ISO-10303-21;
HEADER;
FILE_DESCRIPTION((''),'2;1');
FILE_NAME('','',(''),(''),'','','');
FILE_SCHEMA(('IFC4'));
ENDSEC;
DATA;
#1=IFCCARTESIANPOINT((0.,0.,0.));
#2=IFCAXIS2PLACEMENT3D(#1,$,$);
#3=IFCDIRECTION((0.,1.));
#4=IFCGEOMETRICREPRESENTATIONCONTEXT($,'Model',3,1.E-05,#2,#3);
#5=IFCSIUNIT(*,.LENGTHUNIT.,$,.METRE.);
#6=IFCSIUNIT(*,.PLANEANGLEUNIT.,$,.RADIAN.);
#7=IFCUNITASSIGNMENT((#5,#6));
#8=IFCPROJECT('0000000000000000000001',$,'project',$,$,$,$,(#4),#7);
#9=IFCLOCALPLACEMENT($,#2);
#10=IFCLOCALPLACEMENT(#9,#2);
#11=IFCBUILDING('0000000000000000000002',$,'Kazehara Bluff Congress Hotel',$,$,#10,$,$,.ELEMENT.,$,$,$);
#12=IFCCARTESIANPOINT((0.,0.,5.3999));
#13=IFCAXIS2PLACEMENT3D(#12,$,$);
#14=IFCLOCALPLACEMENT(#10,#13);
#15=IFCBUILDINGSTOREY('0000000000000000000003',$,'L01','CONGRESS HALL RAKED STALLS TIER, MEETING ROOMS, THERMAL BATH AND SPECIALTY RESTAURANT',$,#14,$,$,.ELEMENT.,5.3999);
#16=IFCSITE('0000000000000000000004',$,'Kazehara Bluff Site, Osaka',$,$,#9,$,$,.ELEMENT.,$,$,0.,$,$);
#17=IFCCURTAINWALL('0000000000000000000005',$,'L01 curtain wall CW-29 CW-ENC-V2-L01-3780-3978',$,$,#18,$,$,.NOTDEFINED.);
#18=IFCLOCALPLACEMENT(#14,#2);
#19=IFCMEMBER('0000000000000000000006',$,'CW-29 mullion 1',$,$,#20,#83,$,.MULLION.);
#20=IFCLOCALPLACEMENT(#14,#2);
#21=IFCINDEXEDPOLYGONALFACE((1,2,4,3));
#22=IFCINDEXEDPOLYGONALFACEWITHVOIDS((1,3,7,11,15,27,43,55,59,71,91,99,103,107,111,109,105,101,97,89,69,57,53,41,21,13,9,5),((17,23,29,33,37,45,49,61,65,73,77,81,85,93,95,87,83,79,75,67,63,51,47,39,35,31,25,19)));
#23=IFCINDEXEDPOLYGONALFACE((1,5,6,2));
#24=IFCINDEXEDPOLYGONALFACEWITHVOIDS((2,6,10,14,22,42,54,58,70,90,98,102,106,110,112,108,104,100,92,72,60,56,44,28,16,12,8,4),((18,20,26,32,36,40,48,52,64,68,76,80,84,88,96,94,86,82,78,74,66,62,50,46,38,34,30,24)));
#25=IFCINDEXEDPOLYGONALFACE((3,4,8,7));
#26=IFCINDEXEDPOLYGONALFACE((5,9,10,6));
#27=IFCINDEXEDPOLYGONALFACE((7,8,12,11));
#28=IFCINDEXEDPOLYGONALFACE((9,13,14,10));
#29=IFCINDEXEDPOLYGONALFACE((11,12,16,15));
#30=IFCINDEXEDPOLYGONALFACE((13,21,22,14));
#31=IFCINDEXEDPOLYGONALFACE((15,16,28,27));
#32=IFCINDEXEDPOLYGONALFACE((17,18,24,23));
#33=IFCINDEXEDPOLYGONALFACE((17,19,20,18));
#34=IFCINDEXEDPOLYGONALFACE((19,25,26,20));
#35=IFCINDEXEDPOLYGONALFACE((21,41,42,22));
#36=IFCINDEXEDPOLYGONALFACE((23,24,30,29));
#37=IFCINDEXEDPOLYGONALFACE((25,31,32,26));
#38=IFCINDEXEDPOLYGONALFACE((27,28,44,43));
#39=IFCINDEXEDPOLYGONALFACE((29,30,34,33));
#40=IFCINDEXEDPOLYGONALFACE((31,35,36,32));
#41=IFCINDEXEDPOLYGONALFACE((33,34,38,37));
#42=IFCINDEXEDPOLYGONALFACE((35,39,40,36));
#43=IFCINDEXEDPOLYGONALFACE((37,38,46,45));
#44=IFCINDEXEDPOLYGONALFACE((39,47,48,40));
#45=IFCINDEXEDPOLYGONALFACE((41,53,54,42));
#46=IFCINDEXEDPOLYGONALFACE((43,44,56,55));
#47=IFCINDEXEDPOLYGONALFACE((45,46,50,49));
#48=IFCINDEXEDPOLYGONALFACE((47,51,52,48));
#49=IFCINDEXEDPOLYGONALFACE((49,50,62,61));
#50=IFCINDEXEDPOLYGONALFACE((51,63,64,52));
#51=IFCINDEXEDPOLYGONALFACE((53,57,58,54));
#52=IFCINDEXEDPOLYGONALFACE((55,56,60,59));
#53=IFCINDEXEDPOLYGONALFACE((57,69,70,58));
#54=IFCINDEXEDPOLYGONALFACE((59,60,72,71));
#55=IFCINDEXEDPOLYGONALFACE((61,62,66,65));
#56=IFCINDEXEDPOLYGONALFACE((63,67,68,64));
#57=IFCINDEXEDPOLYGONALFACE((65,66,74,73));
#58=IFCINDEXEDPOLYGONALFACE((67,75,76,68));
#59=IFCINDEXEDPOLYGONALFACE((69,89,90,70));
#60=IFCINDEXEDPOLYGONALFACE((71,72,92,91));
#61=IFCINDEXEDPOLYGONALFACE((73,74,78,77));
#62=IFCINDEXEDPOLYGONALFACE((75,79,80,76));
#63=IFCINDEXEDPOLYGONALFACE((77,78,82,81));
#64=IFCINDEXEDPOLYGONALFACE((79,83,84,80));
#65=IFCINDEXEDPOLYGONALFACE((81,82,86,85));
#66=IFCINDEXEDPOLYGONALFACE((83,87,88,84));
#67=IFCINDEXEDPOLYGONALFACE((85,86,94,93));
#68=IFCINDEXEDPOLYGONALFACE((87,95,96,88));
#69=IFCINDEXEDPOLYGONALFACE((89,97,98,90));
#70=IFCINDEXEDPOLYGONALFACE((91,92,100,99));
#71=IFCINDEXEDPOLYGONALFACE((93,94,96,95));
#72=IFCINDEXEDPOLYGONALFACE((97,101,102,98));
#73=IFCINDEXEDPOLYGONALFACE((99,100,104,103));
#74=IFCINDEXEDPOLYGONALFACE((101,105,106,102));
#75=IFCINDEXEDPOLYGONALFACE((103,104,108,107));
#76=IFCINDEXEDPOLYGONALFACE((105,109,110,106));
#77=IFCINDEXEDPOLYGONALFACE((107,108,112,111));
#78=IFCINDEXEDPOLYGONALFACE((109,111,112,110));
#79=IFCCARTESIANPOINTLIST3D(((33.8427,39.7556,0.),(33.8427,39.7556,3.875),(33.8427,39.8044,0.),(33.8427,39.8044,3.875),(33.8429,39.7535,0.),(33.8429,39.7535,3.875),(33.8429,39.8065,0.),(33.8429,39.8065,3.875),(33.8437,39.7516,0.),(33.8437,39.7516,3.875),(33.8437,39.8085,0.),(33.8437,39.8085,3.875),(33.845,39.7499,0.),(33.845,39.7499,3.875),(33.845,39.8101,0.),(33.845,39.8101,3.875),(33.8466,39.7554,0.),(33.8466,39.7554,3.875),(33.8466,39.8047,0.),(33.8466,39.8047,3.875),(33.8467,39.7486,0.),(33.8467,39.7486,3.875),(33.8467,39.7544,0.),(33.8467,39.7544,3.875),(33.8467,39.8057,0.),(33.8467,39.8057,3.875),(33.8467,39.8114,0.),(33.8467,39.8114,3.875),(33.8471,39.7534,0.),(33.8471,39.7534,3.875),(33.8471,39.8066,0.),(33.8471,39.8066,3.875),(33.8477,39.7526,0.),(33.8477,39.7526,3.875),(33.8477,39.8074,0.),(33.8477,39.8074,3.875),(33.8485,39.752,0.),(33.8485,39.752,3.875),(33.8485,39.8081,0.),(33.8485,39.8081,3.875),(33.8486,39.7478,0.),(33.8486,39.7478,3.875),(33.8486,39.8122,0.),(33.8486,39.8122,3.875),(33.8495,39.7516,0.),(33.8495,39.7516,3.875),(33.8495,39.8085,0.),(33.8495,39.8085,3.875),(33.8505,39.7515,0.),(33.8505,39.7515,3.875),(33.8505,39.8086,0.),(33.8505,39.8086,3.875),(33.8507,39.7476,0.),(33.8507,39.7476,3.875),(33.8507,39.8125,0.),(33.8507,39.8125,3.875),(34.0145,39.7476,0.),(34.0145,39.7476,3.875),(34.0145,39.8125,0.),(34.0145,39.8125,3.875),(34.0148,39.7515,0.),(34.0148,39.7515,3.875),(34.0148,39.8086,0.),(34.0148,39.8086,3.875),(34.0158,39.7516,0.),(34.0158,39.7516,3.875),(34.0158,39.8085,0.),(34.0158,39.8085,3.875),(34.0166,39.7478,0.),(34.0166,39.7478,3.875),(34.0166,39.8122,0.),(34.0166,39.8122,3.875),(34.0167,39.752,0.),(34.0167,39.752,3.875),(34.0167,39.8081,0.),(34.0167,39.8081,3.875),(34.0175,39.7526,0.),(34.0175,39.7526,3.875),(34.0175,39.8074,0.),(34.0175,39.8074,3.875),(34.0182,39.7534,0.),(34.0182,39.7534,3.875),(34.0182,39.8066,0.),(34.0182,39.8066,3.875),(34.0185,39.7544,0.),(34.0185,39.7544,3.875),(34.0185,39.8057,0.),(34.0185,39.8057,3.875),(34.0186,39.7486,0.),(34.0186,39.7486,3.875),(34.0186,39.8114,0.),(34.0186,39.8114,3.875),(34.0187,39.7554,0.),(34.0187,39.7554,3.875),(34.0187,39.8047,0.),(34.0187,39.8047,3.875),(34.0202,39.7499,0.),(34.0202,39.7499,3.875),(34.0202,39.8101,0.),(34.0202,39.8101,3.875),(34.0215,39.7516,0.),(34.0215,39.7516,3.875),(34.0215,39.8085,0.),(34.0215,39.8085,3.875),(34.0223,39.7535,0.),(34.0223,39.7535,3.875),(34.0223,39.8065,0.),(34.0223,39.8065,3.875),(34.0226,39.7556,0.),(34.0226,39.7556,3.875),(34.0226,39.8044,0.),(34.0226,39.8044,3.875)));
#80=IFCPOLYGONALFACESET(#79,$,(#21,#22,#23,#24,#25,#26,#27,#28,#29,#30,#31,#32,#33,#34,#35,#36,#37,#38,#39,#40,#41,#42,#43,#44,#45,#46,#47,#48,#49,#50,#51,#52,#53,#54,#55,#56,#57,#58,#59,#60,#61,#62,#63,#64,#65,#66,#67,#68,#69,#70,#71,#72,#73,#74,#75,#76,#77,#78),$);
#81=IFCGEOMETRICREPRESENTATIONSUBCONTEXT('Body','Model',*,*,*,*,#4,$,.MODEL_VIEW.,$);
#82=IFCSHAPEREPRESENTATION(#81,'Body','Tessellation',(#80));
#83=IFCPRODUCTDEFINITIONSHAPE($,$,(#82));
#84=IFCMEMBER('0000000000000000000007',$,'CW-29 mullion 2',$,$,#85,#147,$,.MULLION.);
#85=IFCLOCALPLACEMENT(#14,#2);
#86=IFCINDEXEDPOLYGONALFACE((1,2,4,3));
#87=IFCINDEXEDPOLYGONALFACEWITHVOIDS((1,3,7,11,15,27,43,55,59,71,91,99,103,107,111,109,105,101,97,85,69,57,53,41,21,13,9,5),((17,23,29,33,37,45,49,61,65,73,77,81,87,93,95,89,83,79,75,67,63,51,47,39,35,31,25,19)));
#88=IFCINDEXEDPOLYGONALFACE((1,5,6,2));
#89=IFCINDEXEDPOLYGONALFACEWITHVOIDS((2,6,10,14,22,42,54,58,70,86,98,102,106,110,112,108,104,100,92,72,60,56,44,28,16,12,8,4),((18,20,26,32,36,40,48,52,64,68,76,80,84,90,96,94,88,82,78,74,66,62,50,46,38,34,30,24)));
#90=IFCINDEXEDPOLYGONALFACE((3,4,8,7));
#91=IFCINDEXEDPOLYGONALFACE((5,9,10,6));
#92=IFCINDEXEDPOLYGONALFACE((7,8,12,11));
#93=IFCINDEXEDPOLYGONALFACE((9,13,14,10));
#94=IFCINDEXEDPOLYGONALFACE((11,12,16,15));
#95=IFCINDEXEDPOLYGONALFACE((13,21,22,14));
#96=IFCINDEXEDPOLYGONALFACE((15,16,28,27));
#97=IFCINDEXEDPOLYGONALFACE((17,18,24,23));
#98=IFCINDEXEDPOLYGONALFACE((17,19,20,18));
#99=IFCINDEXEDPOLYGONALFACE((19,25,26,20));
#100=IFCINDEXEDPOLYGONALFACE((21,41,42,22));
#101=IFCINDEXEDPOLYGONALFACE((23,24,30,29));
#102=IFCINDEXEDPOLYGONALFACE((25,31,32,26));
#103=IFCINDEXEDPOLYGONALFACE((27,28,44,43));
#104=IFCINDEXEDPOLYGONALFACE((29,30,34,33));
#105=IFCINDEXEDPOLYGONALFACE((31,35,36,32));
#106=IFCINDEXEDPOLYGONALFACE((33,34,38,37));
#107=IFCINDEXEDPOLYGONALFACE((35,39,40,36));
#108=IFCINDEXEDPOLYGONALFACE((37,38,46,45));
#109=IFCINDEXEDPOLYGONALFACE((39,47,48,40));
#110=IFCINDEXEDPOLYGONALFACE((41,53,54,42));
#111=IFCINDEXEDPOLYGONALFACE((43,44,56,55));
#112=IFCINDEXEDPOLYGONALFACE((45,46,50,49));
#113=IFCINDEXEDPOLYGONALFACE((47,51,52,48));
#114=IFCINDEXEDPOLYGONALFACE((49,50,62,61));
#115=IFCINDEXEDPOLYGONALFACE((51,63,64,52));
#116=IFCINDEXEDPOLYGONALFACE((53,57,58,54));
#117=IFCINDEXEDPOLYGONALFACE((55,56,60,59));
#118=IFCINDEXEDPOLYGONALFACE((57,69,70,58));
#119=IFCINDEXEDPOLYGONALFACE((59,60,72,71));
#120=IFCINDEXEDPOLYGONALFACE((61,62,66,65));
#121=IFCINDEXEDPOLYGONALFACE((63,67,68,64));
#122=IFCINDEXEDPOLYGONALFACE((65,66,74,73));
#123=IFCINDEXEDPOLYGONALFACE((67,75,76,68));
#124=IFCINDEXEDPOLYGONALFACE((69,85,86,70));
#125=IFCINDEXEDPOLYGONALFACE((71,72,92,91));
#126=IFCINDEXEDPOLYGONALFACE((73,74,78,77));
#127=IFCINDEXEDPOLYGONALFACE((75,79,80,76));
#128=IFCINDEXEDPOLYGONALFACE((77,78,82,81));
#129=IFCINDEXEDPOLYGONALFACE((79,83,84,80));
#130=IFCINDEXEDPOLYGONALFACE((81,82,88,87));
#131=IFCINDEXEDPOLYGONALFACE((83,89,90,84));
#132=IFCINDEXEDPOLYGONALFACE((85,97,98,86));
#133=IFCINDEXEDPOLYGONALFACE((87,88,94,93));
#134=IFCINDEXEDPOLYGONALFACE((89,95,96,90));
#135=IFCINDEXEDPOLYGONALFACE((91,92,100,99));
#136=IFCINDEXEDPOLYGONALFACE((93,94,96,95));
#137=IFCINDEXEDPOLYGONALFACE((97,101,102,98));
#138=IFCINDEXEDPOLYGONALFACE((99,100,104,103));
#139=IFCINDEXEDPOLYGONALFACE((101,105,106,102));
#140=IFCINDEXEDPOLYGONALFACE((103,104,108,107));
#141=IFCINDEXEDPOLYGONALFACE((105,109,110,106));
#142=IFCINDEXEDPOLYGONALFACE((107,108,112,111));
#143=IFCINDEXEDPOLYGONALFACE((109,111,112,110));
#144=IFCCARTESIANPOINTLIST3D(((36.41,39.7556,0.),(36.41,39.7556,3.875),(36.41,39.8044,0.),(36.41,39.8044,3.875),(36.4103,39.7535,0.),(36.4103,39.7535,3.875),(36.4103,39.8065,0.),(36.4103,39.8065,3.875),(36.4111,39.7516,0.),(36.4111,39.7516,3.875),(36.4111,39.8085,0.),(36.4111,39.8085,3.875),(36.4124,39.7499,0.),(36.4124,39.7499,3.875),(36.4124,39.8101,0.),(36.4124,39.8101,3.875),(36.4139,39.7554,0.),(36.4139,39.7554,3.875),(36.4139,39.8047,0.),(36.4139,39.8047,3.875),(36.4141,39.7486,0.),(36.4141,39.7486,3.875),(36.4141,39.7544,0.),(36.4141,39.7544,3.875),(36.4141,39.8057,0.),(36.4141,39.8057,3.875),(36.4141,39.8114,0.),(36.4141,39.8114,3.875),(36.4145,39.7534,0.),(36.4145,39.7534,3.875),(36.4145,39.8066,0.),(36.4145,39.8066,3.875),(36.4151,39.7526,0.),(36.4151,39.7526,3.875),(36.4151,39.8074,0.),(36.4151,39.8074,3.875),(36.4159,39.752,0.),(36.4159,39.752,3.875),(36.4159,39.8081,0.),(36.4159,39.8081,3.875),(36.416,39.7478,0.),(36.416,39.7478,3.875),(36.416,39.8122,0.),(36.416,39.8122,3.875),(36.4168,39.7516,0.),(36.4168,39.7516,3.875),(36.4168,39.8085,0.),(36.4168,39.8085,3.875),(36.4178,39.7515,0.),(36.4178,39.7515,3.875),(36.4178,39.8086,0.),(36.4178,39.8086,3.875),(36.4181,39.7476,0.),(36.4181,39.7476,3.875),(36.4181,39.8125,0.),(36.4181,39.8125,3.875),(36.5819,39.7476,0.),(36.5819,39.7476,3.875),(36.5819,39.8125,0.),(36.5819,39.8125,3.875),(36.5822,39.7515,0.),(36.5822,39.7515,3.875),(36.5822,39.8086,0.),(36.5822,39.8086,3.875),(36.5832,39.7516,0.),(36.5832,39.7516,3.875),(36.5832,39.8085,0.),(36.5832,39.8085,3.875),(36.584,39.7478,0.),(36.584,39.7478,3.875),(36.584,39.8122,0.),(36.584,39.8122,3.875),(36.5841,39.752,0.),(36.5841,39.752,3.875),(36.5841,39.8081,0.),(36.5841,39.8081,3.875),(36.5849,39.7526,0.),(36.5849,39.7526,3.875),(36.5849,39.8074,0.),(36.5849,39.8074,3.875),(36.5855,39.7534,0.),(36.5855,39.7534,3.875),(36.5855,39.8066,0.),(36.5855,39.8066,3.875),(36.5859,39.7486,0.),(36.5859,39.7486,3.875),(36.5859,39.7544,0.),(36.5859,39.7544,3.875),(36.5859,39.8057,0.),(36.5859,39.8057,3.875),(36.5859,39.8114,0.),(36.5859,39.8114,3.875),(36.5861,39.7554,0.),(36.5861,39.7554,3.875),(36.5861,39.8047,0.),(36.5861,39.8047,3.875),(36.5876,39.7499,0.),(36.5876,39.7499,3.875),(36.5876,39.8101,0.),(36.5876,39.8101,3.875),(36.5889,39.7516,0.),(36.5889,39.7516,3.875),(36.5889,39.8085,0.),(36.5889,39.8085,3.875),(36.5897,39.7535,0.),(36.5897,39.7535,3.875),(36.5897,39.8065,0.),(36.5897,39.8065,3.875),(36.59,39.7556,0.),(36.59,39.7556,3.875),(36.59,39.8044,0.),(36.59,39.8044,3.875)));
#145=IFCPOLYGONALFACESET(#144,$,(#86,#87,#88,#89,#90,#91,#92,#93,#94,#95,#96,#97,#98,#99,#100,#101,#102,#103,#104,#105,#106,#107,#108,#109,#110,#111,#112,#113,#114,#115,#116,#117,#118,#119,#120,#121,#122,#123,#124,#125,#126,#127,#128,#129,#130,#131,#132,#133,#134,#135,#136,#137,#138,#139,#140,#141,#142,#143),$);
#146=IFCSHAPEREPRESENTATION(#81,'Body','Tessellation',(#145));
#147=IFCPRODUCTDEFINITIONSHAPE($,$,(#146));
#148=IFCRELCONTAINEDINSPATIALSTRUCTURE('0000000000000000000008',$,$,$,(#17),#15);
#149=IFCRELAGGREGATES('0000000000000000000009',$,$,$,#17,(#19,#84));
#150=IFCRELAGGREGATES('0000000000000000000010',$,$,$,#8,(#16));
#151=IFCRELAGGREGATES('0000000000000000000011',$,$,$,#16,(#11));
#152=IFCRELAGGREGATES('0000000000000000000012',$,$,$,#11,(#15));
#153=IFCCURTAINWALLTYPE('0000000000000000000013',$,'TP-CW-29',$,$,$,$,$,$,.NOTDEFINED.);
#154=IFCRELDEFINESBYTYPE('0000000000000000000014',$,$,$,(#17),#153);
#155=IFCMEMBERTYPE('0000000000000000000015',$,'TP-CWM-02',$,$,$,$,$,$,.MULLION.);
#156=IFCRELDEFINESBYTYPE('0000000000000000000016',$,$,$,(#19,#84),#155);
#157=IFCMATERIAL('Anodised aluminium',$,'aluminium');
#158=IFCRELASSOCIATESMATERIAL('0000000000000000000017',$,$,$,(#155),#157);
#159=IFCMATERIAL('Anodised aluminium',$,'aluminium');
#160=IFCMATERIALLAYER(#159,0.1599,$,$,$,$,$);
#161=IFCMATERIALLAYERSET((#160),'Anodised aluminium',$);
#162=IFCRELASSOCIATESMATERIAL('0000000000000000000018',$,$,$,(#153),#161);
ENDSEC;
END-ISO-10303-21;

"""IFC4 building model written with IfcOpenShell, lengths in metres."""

from ifc_helpers import new_model, si_unit, direction, frame, origin, origin_2d, place, context, subcontext, project, spatial, hollow_rectangle, extrude, material, layer, layer_set, material_profile, profile_set, type_object, element, aggregate, save


model = new_model("IFC4")

# Units and contexts
model_context = context("Model", 3, precision=1e-05, world=origin(), true_north=direction((0.0, 1.0)))
body_context = subcontext(model_context, "Body", "Model", "MODEL_VIEW")
ifc_project = project(units=[si_unit("LENGTHUNIT", "METRE"), si_unit("PLANEANGLEUNIT", "RADIAN")], contexts=[model_context])

# Site, building, storey
site_placement = place(None, origin())
site = spatial("IfcSite", under=ifc_project, at=site_placement, Name="Kazehara Bluff Site, Osaka", CompositionType="ELEMENT", RefElevation=0.0)
building_placement = place(site_placement, origin())
building = spatial("IfcBuilding", under=site, at=building_placement, Name="Kazehara Bluff Congress Hotel", CompositionType="ELEMENT")
storey_placement = place(building_placement, frame((0.0, 0.0, 5.3999)))
storey = spatial("IfcBuildingStorey", under=building, at=storey_placement, Name="L01", Description="CONGRESS HALL RAKED STALLS TIER, MEETING ROOMS, THERMAL BATH AND SPECIALTY RESTAURANT", CompositionType="ELEMENT", Elevation=5.3999)

# Curtain wall, members
ifc_material_1 = material(Name="Anodised aluminium", Category="aluminium")
ifc_material_profile_1 = material_profile(ifc_material_1, hollow_rectangle(XDim=0.0649, YDim=0.1799, WallThickness=0.0039, InnerFilletRadius=0.0039, OuterFilletRadius=0.0081, at=origin_2d()))
ifc_profile_set_1 = profile_set([ifc_material_profile_1], Name="Anodised aluminium")
member_type_1 = type_object("IfcMemberType", Name="TP-CWM-02", PredefinedType="MULLION", material=ifc_profile_set_1)
ifc_material_2 = material(Name="Anodised aluminium", Category="aluminium")
ifc_layer_1 = layer(ifc_material_2, 0.1599)
ifc_layer_set_1 = layer_set([ifc_layer_1], Name="Anodised aluminium")
curtain_wall_type_1 = type_object("IfcCurtainWallType", Name="TP-CW-29", PredefinedType="NOTDEFINED", material=ifc_layer_set_1)
curtain_wall_1_placement = place(storey_placement, origin())
curtain_wall_1 = element("IfcCurtainWall", 1, at=curtain_wall_1_placement, inside=storey, type_object=curtain_wall_type_1, Name="L01 curtain wall CW-29 CW-ENC-V2-L01-3780-3978", PredefinedType="NOTDEFINED")
member_1_placement = place(storey_placement, frame((33.9326, 39.78, 0.0), z_axis=(0.0, 0.0, 1.0), x_axis=(0.0, 1.0, 0.0)))
member_1 = element("IfcMember", 2, at=member_1_placement, type_object=member_type_1, Name="CW-29 mullion 1", PredefinedType="MULLION", context=body_context, shape_type="SweptSolid", body=[
    extrude(hollow_rectangle(XDim=0.0649, YDim=0.1799, WallThickness=0.0039, InnerFilletRadius=0.0039, OuterFilletRadius=0.0081, at=origin_2d()), origin(), (0.0, 0.0, 1.0), 3.875),
])
member_2_placement = place(storey_placement, frame((36.5, 39.78, 0.0), z_axis=(0.0, 0.0, 1.0), x_axis=(0.0, 1.0, 0.0)))
member_2 = element("IfcMember", 3, at=member_2_placement, type_object=member_type_1, Name="CW-29 mullion 2", PredefinedType="MULLION", context=body_context, shape_type="SweptSolid", body=[
    extrude(hollow_rectangle(XDim=0.0649, YDim=0.1799, WallThickness=0.0039, InnerFilletRadius=0.0039, OuterFilletRadius=0.0081, at=origin_2d()), origin(), (0.0, 0.0, 1.0), 3.875),
])

aggregate(curtain_wall_1, [member_1, member_2])

save(model, "model.ifc")
